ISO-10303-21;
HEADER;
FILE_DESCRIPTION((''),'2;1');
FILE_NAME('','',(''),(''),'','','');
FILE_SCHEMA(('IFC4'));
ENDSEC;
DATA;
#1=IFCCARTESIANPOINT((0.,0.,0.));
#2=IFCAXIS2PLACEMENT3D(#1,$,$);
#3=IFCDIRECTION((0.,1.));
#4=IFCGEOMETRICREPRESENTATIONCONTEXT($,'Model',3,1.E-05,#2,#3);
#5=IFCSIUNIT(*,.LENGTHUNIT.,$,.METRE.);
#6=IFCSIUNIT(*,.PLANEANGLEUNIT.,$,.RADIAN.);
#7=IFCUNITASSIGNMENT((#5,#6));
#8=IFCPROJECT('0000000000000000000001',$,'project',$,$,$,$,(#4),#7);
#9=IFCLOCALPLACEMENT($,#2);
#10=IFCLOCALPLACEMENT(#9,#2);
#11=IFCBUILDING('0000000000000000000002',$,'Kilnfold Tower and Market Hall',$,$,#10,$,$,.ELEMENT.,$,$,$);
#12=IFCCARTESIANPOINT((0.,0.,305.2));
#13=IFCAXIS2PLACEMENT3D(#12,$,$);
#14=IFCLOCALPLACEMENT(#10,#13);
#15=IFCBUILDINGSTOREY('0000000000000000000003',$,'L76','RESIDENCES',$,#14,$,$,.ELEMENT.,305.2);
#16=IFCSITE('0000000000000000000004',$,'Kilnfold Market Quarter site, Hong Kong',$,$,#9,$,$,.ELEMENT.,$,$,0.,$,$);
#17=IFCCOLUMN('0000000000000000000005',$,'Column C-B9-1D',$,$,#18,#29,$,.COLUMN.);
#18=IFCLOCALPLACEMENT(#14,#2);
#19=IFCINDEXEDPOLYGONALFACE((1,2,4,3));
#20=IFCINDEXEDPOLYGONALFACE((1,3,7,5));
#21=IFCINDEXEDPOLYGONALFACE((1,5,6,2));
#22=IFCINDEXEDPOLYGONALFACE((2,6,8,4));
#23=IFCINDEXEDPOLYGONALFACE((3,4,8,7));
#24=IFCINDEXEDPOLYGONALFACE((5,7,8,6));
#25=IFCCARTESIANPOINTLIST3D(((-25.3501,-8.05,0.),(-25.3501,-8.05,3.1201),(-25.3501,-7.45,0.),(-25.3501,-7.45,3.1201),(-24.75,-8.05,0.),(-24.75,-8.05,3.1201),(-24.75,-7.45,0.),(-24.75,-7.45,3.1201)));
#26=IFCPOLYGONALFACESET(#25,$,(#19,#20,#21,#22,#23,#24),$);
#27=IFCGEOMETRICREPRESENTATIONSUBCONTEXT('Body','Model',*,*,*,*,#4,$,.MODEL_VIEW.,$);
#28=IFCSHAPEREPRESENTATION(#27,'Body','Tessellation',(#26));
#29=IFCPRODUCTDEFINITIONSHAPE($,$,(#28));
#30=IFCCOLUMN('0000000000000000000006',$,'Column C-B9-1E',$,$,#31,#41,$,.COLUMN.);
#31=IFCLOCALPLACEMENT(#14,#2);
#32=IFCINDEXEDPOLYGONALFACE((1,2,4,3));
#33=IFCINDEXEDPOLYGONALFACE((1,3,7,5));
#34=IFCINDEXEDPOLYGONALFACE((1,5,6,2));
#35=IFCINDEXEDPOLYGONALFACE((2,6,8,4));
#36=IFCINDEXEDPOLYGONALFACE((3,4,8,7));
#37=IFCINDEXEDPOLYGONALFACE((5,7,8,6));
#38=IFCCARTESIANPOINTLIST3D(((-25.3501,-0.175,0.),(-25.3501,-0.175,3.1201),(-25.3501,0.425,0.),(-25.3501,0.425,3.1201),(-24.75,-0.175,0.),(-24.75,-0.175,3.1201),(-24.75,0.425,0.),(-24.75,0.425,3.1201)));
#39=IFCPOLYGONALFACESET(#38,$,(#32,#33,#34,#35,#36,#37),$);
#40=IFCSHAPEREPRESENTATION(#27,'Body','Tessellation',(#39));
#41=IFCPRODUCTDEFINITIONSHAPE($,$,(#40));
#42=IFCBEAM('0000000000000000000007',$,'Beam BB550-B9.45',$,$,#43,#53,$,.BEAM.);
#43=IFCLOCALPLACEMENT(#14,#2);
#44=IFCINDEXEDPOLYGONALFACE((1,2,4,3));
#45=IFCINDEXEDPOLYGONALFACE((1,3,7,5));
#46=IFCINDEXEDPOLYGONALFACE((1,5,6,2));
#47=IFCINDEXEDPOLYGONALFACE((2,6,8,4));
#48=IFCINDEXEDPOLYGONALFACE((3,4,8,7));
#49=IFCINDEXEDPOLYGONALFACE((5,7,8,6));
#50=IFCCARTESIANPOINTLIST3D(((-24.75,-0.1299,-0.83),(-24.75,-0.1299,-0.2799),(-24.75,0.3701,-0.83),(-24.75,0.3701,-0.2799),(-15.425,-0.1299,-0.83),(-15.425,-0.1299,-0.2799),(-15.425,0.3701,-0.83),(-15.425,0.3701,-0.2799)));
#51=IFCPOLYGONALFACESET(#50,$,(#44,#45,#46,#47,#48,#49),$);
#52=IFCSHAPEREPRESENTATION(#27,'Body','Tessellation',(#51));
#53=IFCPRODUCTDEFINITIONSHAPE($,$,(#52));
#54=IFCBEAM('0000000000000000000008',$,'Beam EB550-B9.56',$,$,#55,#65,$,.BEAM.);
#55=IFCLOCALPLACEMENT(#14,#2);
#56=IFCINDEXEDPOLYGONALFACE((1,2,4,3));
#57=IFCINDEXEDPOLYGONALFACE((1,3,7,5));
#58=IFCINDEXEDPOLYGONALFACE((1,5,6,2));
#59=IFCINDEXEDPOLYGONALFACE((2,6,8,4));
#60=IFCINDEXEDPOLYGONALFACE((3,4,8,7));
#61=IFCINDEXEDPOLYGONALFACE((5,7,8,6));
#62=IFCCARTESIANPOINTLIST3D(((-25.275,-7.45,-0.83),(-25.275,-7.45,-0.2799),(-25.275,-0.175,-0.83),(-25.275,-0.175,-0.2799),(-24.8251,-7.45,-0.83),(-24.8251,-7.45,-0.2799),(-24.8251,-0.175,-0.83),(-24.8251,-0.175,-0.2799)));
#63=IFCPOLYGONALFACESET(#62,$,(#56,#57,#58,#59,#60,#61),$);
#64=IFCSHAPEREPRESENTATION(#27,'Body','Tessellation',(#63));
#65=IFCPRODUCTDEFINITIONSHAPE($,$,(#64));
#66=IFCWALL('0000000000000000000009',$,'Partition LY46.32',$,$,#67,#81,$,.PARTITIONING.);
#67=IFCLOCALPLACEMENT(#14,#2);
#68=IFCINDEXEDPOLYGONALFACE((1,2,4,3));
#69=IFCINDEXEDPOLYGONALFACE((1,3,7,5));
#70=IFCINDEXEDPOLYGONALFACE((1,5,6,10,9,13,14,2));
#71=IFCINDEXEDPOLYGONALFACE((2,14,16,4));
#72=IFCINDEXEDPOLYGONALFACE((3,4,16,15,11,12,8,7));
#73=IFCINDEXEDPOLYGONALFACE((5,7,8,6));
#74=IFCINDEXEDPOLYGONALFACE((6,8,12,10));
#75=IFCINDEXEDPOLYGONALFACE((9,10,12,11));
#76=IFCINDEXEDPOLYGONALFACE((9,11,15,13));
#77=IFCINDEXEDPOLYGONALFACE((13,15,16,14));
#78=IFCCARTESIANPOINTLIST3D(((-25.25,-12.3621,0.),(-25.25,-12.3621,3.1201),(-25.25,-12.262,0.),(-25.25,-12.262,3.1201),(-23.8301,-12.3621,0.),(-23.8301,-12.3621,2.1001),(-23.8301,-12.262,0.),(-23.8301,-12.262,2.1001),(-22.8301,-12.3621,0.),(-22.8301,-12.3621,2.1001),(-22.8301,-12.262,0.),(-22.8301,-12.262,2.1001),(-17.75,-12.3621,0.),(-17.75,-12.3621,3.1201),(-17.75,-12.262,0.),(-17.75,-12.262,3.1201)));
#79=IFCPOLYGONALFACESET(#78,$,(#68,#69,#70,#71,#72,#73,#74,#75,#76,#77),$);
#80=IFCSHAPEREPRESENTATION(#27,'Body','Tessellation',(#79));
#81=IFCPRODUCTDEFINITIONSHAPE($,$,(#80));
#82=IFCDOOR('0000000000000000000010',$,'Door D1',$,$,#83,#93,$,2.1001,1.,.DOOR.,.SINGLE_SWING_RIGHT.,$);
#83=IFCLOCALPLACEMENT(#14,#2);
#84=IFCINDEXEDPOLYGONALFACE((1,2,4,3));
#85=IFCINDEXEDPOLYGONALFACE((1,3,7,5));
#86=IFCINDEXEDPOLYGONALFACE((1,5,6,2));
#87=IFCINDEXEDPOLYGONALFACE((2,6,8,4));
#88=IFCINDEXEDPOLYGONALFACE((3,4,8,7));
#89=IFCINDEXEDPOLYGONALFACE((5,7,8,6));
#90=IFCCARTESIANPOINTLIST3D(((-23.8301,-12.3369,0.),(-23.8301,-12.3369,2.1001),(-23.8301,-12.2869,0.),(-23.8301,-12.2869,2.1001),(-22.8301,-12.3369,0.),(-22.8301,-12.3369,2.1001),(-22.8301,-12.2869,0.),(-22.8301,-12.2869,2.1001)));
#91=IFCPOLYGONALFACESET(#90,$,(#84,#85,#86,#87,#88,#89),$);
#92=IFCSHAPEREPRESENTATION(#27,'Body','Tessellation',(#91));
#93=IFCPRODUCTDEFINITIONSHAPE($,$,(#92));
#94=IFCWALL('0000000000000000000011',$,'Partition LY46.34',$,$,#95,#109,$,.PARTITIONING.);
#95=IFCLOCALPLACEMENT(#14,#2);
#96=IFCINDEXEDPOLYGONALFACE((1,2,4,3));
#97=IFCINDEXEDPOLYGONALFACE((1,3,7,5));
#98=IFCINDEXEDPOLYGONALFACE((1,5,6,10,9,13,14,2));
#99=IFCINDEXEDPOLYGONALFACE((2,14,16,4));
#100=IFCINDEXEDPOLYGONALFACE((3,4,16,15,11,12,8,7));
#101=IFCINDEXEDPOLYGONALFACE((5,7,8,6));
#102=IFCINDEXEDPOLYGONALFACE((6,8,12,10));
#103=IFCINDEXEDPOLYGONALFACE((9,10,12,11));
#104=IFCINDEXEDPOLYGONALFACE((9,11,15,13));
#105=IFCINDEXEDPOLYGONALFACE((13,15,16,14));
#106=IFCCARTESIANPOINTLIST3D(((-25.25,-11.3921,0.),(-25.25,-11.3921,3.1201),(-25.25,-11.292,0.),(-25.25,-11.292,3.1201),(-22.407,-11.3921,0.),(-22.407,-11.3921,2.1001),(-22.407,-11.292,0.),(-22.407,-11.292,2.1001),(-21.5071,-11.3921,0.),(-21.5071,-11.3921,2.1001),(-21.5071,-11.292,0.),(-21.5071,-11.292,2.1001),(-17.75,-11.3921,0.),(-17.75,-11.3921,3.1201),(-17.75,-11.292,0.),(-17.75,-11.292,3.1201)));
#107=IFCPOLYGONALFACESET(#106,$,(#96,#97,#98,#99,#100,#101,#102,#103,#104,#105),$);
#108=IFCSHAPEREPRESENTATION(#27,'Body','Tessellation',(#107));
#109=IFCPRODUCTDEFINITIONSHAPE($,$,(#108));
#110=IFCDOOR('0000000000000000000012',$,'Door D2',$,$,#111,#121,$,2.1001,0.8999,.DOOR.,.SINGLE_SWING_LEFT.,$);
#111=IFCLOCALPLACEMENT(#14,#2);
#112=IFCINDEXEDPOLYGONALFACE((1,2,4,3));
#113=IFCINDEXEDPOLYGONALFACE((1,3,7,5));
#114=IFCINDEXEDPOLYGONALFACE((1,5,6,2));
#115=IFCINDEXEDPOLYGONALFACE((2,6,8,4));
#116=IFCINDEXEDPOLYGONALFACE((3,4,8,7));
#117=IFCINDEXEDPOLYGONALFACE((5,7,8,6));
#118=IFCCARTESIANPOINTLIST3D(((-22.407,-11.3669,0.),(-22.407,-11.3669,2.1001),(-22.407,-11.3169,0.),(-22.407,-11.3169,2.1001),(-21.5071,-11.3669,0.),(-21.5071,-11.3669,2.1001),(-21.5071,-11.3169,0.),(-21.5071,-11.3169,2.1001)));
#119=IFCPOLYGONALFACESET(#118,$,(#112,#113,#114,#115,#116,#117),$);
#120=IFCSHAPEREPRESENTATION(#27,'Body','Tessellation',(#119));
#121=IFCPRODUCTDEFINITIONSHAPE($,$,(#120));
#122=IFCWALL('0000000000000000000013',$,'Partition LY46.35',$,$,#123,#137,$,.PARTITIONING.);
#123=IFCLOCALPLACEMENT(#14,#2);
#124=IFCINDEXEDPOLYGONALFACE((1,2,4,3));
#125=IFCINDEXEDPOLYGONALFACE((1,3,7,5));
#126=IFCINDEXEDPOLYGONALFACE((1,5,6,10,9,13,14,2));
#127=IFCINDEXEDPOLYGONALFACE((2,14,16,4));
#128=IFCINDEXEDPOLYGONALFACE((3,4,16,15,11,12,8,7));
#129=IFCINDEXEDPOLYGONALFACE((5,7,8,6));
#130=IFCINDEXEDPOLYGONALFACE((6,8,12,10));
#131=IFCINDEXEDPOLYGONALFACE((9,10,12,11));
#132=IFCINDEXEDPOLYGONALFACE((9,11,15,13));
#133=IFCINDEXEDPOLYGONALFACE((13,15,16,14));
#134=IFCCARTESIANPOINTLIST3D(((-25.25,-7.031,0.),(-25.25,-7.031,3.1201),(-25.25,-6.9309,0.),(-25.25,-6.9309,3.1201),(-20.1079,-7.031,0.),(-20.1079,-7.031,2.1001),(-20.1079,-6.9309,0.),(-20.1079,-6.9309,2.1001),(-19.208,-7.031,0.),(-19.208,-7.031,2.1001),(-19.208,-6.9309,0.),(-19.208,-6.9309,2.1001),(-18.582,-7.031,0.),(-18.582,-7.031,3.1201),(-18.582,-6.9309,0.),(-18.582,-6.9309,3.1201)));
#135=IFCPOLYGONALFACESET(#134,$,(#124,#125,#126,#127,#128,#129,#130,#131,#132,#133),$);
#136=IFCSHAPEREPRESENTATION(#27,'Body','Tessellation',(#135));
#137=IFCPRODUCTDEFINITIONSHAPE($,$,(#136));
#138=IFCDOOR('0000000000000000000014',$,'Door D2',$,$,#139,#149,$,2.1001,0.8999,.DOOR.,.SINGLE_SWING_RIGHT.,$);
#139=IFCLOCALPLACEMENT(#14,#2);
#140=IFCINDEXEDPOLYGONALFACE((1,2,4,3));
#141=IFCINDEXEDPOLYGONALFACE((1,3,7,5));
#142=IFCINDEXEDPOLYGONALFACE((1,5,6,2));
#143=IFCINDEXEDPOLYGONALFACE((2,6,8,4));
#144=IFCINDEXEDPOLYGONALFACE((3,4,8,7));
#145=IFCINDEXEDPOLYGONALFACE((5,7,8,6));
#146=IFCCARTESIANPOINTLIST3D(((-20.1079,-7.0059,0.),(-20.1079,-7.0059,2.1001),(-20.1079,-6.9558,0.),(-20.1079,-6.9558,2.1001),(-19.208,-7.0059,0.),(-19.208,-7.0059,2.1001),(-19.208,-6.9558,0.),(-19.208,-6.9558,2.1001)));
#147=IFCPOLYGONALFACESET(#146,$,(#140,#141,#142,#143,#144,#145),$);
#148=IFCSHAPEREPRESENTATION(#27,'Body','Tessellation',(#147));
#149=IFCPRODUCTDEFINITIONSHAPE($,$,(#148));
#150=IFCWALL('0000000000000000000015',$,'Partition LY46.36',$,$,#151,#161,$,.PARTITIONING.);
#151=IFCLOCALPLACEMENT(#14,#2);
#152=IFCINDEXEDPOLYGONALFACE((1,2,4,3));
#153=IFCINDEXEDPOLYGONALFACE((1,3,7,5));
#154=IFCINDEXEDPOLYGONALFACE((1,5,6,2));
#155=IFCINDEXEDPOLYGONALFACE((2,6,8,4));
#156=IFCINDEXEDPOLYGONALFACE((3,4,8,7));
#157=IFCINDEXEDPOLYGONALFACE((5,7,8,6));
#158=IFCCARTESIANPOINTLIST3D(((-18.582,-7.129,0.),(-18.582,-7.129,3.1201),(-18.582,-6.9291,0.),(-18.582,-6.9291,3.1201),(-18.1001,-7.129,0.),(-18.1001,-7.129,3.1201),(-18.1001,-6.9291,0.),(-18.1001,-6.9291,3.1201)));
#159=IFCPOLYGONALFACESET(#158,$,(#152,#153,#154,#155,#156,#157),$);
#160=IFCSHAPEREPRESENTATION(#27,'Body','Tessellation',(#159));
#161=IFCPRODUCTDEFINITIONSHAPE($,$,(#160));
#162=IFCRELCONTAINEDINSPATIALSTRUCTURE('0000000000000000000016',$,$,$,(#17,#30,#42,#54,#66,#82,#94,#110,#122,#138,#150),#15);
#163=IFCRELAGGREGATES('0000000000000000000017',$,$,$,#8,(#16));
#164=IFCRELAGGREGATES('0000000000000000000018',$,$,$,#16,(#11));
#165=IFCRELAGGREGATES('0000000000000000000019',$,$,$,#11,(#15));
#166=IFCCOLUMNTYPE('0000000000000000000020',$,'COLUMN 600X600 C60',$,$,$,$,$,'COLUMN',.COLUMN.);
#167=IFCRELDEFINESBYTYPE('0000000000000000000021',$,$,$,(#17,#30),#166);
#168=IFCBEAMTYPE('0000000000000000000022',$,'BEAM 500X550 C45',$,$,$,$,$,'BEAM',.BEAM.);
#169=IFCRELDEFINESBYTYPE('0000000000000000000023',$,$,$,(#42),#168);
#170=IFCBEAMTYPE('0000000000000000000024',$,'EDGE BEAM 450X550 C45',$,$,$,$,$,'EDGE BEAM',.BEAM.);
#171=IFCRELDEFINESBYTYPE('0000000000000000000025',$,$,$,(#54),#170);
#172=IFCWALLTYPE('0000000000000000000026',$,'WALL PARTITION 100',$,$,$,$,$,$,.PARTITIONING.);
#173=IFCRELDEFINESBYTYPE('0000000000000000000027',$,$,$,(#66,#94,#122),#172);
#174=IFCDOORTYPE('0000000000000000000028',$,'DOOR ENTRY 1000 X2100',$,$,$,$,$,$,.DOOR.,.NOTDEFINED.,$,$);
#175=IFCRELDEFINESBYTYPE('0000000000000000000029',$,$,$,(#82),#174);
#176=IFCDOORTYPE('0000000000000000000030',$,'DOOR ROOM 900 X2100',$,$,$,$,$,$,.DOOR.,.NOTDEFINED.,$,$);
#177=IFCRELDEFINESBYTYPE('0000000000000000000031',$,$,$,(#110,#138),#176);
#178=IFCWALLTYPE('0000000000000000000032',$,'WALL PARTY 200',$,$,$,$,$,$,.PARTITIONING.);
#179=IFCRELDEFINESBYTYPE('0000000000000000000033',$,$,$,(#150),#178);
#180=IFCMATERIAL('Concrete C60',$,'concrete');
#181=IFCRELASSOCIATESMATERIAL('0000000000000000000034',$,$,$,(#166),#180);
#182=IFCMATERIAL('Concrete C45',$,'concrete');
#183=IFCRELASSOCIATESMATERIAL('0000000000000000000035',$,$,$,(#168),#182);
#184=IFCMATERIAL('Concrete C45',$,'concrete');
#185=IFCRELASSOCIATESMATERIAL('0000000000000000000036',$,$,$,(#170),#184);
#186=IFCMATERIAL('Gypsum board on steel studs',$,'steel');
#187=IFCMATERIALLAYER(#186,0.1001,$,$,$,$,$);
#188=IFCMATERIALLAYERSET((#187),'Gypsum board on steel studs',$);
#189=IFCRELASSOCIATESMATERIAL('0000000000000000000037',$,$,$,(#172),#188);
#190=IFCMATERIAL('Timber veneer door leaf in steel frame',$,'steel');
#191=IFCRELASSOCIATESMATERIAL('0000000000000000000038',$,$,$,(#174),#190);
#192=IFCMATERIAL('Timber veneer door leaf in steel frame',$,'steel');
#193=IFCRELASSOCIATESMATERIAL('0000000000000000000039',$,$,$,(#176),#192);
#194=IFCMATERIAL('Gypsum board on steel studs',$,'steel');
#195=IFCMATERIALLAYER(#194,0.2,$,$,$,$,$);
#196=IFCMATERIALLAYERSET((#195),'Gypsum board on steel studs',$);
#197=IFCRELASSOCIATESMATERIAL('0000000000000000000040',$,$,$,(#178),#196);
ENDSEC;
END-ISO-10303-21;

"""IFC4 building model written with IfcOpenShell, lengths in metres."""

from ifc_helpers import new_model, si_unit, direction, frame, frame_2d, origin, origin_2d, place, context, subcontext, project, spatial, rectangle, extrude, source, transform, mapped, material, layer, layer_set, material_profile, profile_set, type_object, element, fill, save


model = new_model("IFC4")

# Units and contexts
model_context = context("Model", 3, precision=1e-05, world=origin(), true_north=direction((0.0, 1.0)))
body_context = subcontext(model_context, "Body", "Model", "MODEL_VIEW")
ifc_project = project(units=[si_unit("LENGTHUNIT", "METRE"), si_unit("PLANEANGLEUNIT", "RADIAN")], contexts=[model_context])

# Site, building, storey
site_placement = place(None, origin())
site = spatial("IfcSite", under=ifc_project, at=site_placement, Name="Kilnfold Market Quarter site, Hong Kong", CompositionType="ELEMENT", RefElevation=0.0)
building_placement = place(site_placement, origin())
building = spatial("IfcBuilding", under=site, at=building_placement, Name="Kilnfold Tower and Market Hall", CompositionType="ELEMENT")
storey_placement = place(building_placement, frame((0.0, 0.0, 305.2)))
storey = spatial("IfcBuildingStorey", under=building, at=storey_placement, Name="L76", Description="RESIDENCES", CompositionType="ELEMENT", Elevation=305.2)

# Columns
ifc_material_1 = material(Name="Concrete C60", Category="concrete")
ifc_material_profile_1 = material_profile(ifc_material_1, rectangle(XDim=0.6001, YDim=0.6001, at=origin_2d()), Name="RC 600x600")
ifc_profile_set_1 = profile_set([ifc_material_profile_1], Name="Concrete C60")
column_type = type_object("IfcColumnType", Name="COLUMN 600X600 C60", ElementType="COLUMN", PredefinedType="COLUMN", material=ifc_profile_set_1)
shared_shape_1 = source(origin(), body_context, "Body", "SweptSolid", [
    extrude(rectangle(XDim=0.6001, YDim=0.6001, at=origin_2d()), origin(), (0.0, 0.0, 1.0), 3.1201),
])
for number, where, z_axis, x_axis, name in (
    (1, (-25.05, -7.75, 0.0), (0.0, 0.0, 1.0), (1.0, 0.0, 0.0), "Column C-B9-1D"),
    (2, (-25.05, 0.125, 0.0), (0.0, 0.0, 1.0), (1.0, 0.0, 0.0), "Column C-B9-1E"),
):
    element("IfcColumn", number, at=place(storey_placement, frame(where, z_axis=z_axis, x_axis=x_axis)), inside=storey, type_object=column_type, Name=name, PredefinedType="COLUMN", context=body_context, shape_type="MappedRepresentation", body=[
        mapped(shared_shape_1, transform((0.0, 0.0, 0.0))),
    ])

# Beams
ifc_material_2 = material(Name="Concrete C45", Category="concrete")
ifc_material_profile_2 = material_profile(ifc_material_2, rectangle(XDim=0.5, YDim=0.55, at=origin_2d()), Name="RC 500x550")
ifc_profile_set_2 = profile_set([ifc_material_profile_2], Name="Concrete C45")
beam_type_1 = type_object("IfcBeamType", Name="BEAM 500X550 C45", ElementType="BEAM", PredefinedType="BEAM", material=ifc_profile_set_2)
shared_shape_2 = source(origin(), body_context, "Body", "SweptSolid", [
    extrude(rectangle(XDim=0.5, YDim=0.55, at=origin_2d()), origin(), (0.0, 0.0, 1.0), 9.325),
])
beam_1_placement = place(storey_placement, frame((-24.75, 0.1201, -0.5549), z_axis=(1.0, 0.0, 0.0), x_axis=(0.0, 1.0, 0.0)))
element("IfcBeam", 3, at=beam_1_placement, inside=storey, type_object=beam_type_1, Name="Beam BB550-B9.45", PredefinedType="BEAM", context=body_context, shape_type="MappedRepresentation", body=[
    mapped(shared_shape_2, transform((0.0, 0.0, 0.0))),
])
ifc_material_3 = material(Name="Concrete C45", Category="concrete")
ifc_material_profile_3 = material_profile(ifc_material_3, rectangle(XDim=0.45, YDim=0.55, at=origin_2d()), Name="RC 450x550")
ifc_profile_set_3 = profile_set([ifc_material_profile_3], Name="Concrete C45")
beam_type_2 = type_object("IfcBeamType", Name="EDGE BEAM 450X550 C45", ElementType="EDGE BEAM", PredefinedType="BEAM", material=ifc_profile_set_3)
shared_shape_3 = source(origin(), body_context, "Body", "SweptSolid", [
    extrude(rectangle(XDim=0.45, YDim=0.55, at=origin_2d()), origin(), (0.0, 0.0, 1.0), 7.2749),
])
beam_2_placement = place(storey_placement, frame((-25.05, -7.45, -0.5549), z_axis=(0.0, 1.0, 0.0), x_axis=(-1.0, 0.0, 0.0)))
element("IfcBeam", 4, at=beam_2_placement, inside=storey, type_object=beam_type_2, Name="Beam EB550-B9.56", PredefinedType="BEAM", context=body_context, shape_type="MappedRepresentation", body=[
    mapped(shared_shape_3, transform((0.0, 0.0, 0.0))),
])

# Walls, openings, doors
ifc_material_4 = material(Name="Gypsum board on steel studs", Category="steel")
ifc_layer_1 = layer(ifc_material_4, 0.1001)
ifc_layer_set_1 = layer_set([ifc_layer_1], Name="Gypsum board on steel studs")
wall_type_1 = type_object("IfcWallType", Name="WALL PARTITION 100", PredefinedType="PARTITIONING", material=ifc_layer_set_1)
wall_1_placement = place(storey_placement, frame((-17.75, -12.312, 0.0), z_axis=(0.0, 0.0, 1.0), x_axis=(-1.0, 0.0, 0.0)))
wall_1 = element("IfcWall", 5, at=wall_1_placement, inside=storey, type_object=wall_type_1, Name="Partition LY46.32", PredefinedType="PARTITIONING", context=body_context, shape_type="SweptSolid", body=[
    extrude(rectangle(XDim=7.5, YDim=0.1001, at=frame_2d((3.75, 0.0))), origin(), (0.0, 0.0, 1.0), 3.1201),
])
opening_1_placement = place(wall_1_placement, frame((5.0801, 0.0, 0.0)))
opening_1 = element("IfcOpeningElement", 6, at=opening_1_placement, cuts=wall_1, PredefinedType="OPENING", context=body_context, shape_type="SweptSolid", body=[
    extrude(rectangle(XDim=1.0, YDim=2.1001, at=frame_2d((0.5, 1.05))), frame((0.0, 0.0601, 0.0), z_axis=(0.0, -1.0, 0.0), x_axis=(1.0, 0.0, 0.0)), (0.0, 0.0, 1.0), 0.1201),
])
ifc_material_5 = material(Name="Timber veneer door leaf in steel frame", Category="steel")
door_type_1 = type_object("IfcDoorType", Name="DOOR ENTRY 1000 X2100", OperationType="NOTDEFINED", PredefinedType="DOOR", material=ifc_material_5)
door_1_placement = place(opening_1_placement, origin())
door_1 = element("IfcDoor", 7, at=door_1_placement, inside=storey, type_object=door_type_1, Name="Door D1", OperationType="SINGLE_SWING_RIGHT", OverallHeight=2.1001, OverallWidth=1.0, PredefinedType="DOOR", context=body_context, shape_type="SweptSolid", body=[
    extrude(rectangle(XDim=1.0, YDim=2.1001, at=frame_2d((0.5, 1.05))), frame((0.0, 0.0249, 0.0), z_axis=(0.0, -1.0, 0.0), x_axis=(1.0, 0.0, 0.0)), (0.0, 0.0, 1.0), 0.05),
])
fill(opening_1, door_1)
wall_2_placement = place(storey_placement, frame((-17.75, -11.342, 0.0), z_axis=(0.0, 0.0, 1.0), x_axis=(-1.0, 0.0, 0.0)))
wall_2 = element("IfcWall", 8, at=wall_2_placement, inside=storey, type_object=wall_type_1, Name="Partition LY46.34", PredefinedType="PARTITIONING", context=body_context, shape_type="SweptSolid", body=[
    extrude(rectangle(XDim=7.5, YDim=0.1001, at=frame_2d((3.75, 0.0))), origin(), (0.0, 0.0, 1.0), 3.1201),
])
opening_2_placement = place(wall_2_placement, frame((3.7571, 0.0, 0.0)))
opening_2 = element("IfcOpeningElement", 9, at=opening_2_placement, cuts=wall_2, PredefinedType="OPENING", context=body_context, shape_type="SweptSolid", body=[
    extrude(rectangle(XDim=0.8999, YDim=2.1001, at=frame_2d((0.45, 1.05))), frame((0.0, 0.0601, 0.0), z_axis=(0.0, -1.0, 0.0), x_axis=(1.0, 0.0, 0.0)), (0.0, 0.0, 1.0), 0.1201),
])
ifc_material_6 = material(Name="Timber veneer door leaf in steel frame", Category="steel")
door_type_2 = type_object("IfcDoorType", Name="DOOR ROOM 900 X2100", OperationType="NOTDEFINED", PredefinedType="DOOR", material=ifc_material_6)
door_2_placement = place(opening_2_placement, origin())
door_2 = element("IfcDoor", 10, at=door_2_placement, inside=storey, type_object=door_type_2, Name="Door D2", OperationType="SINGLE_SWING_LEFT", OverallHeight=2.1001, OverallWidth=0.8999, PredefinedType="DOOR", context=body_context, shape_type="SweptSolid", body=[
    extrude(rectangle(XDim=0.8999, YDim=2.1001, at=frame_2d((0.45, 1.05))), frame((0.0, 0.0249, 0.0), z_axis=(0.0, -1.0, 0.0), x_axis=(1.0, 0.0, 0.0)), (0.0, 0.0, 1.0), 0.05),
])
fill(opening_2, door_2)
wall_3_placement = place(storey_placement, frame((-18.582, -6.981, 0.0), z_axis=(0.0, 0.0, 1.0), x_axis=(-1.0, 0.0, 0.0)))
wall_3 = element("IfcWall", 11, at=wall_3_placement, inside=storey, type_object=wall_type_1, Name="Partition LY46.35", PredefinedType="PARTITIONING", context=body_context, shape_type="SweptSolid", body=[
    extrude(rectangle(XDim=6.668, YDim=0.1001, at=frame_2d((3.334, 0.0))), origin(), (0.0, 0.0, 1.0), 3.1201),
])
opening_3_placement = place(wall_3_placement, frame((0.626, 0.0, 0.0)))
opening_3 = element("IfcOpeningElement", 12, at=opening_3_placement, cuts=wall_3, PredefinedType="OPENING", context=body_context, shape_type="SweptSolid", body=[
    extrude(rectangle(XDim=0.8999, YDim=2.1001, at=frame_2d((0.45, 1.05))), frame((0.0, 0.0601, 0.0), z_axis=(0.0, -1.0, 0.0), x_axis=(1.0, 0.0, 0.0)), (0.0, 0.0, 1.0), 0.1201),
])
door_3_placement = place(opening_3_placement, origin())
door_3 = element("IfcDoor", 13, at=door_3_placement, inside=storey, type_object=door_type_2, Name="Door D2", OperationType="SINGLE_SWING_RIGHT", OverallHeight=2.1001, OverallWidth=0.8999, PredefinedType="DOOR", context=body_context, shape_type="SweptSolid", body=[
    extrude(rectangle(XDim=0.8999, YDim=2.1001, at=frame_2d((0.45, 1.05))), frame((0.0, 0.0249, 0.0), z_axis=(0.0, -1.0, 0.0), x_axis=(1.0, 0.0, 0.0)), (0.0, 0.0, 1.0), 0.05),
])
fill(opening_3, door_3)

# Wall
ifc_material_7 = material(Name="Gypsum board on steel studs", Category="steel")
ifc_layer_2 = layer(ifc_material_7, 0.2)
ifc_layer_set_2 = layer_set([ifc_layer_2], Name="Gypsum board on steel studs")
wall_type_2 = type_object("IfcWallType", Name="WALL PARTY 200", PredefinedType="PARTITIONING", material=ifc_layer_set_2)
wall_4_placement = place(storey_placement, frame((-18.582, -7.0291, 0.0), z_axis=(0.0, 0.0, 1.0), x_axis=(1.0, 0.0, 0.0)))
element("IfcWall", 14, at=wall_4_placement, inside=storey, type_object=wall_type_2, Name="Partition LY46.36", PredefinedType="PARTITIONING", context=body_context, shape_type="SweptSolid", body=[
    extrude(rectangle(XDim=0.4819, YDim=0.2, at=frame_2d((0.241, 0.0))), origin(), (0.0, 0.0, 1.0), 3.1201),
])

save(model, "model.ifc")
